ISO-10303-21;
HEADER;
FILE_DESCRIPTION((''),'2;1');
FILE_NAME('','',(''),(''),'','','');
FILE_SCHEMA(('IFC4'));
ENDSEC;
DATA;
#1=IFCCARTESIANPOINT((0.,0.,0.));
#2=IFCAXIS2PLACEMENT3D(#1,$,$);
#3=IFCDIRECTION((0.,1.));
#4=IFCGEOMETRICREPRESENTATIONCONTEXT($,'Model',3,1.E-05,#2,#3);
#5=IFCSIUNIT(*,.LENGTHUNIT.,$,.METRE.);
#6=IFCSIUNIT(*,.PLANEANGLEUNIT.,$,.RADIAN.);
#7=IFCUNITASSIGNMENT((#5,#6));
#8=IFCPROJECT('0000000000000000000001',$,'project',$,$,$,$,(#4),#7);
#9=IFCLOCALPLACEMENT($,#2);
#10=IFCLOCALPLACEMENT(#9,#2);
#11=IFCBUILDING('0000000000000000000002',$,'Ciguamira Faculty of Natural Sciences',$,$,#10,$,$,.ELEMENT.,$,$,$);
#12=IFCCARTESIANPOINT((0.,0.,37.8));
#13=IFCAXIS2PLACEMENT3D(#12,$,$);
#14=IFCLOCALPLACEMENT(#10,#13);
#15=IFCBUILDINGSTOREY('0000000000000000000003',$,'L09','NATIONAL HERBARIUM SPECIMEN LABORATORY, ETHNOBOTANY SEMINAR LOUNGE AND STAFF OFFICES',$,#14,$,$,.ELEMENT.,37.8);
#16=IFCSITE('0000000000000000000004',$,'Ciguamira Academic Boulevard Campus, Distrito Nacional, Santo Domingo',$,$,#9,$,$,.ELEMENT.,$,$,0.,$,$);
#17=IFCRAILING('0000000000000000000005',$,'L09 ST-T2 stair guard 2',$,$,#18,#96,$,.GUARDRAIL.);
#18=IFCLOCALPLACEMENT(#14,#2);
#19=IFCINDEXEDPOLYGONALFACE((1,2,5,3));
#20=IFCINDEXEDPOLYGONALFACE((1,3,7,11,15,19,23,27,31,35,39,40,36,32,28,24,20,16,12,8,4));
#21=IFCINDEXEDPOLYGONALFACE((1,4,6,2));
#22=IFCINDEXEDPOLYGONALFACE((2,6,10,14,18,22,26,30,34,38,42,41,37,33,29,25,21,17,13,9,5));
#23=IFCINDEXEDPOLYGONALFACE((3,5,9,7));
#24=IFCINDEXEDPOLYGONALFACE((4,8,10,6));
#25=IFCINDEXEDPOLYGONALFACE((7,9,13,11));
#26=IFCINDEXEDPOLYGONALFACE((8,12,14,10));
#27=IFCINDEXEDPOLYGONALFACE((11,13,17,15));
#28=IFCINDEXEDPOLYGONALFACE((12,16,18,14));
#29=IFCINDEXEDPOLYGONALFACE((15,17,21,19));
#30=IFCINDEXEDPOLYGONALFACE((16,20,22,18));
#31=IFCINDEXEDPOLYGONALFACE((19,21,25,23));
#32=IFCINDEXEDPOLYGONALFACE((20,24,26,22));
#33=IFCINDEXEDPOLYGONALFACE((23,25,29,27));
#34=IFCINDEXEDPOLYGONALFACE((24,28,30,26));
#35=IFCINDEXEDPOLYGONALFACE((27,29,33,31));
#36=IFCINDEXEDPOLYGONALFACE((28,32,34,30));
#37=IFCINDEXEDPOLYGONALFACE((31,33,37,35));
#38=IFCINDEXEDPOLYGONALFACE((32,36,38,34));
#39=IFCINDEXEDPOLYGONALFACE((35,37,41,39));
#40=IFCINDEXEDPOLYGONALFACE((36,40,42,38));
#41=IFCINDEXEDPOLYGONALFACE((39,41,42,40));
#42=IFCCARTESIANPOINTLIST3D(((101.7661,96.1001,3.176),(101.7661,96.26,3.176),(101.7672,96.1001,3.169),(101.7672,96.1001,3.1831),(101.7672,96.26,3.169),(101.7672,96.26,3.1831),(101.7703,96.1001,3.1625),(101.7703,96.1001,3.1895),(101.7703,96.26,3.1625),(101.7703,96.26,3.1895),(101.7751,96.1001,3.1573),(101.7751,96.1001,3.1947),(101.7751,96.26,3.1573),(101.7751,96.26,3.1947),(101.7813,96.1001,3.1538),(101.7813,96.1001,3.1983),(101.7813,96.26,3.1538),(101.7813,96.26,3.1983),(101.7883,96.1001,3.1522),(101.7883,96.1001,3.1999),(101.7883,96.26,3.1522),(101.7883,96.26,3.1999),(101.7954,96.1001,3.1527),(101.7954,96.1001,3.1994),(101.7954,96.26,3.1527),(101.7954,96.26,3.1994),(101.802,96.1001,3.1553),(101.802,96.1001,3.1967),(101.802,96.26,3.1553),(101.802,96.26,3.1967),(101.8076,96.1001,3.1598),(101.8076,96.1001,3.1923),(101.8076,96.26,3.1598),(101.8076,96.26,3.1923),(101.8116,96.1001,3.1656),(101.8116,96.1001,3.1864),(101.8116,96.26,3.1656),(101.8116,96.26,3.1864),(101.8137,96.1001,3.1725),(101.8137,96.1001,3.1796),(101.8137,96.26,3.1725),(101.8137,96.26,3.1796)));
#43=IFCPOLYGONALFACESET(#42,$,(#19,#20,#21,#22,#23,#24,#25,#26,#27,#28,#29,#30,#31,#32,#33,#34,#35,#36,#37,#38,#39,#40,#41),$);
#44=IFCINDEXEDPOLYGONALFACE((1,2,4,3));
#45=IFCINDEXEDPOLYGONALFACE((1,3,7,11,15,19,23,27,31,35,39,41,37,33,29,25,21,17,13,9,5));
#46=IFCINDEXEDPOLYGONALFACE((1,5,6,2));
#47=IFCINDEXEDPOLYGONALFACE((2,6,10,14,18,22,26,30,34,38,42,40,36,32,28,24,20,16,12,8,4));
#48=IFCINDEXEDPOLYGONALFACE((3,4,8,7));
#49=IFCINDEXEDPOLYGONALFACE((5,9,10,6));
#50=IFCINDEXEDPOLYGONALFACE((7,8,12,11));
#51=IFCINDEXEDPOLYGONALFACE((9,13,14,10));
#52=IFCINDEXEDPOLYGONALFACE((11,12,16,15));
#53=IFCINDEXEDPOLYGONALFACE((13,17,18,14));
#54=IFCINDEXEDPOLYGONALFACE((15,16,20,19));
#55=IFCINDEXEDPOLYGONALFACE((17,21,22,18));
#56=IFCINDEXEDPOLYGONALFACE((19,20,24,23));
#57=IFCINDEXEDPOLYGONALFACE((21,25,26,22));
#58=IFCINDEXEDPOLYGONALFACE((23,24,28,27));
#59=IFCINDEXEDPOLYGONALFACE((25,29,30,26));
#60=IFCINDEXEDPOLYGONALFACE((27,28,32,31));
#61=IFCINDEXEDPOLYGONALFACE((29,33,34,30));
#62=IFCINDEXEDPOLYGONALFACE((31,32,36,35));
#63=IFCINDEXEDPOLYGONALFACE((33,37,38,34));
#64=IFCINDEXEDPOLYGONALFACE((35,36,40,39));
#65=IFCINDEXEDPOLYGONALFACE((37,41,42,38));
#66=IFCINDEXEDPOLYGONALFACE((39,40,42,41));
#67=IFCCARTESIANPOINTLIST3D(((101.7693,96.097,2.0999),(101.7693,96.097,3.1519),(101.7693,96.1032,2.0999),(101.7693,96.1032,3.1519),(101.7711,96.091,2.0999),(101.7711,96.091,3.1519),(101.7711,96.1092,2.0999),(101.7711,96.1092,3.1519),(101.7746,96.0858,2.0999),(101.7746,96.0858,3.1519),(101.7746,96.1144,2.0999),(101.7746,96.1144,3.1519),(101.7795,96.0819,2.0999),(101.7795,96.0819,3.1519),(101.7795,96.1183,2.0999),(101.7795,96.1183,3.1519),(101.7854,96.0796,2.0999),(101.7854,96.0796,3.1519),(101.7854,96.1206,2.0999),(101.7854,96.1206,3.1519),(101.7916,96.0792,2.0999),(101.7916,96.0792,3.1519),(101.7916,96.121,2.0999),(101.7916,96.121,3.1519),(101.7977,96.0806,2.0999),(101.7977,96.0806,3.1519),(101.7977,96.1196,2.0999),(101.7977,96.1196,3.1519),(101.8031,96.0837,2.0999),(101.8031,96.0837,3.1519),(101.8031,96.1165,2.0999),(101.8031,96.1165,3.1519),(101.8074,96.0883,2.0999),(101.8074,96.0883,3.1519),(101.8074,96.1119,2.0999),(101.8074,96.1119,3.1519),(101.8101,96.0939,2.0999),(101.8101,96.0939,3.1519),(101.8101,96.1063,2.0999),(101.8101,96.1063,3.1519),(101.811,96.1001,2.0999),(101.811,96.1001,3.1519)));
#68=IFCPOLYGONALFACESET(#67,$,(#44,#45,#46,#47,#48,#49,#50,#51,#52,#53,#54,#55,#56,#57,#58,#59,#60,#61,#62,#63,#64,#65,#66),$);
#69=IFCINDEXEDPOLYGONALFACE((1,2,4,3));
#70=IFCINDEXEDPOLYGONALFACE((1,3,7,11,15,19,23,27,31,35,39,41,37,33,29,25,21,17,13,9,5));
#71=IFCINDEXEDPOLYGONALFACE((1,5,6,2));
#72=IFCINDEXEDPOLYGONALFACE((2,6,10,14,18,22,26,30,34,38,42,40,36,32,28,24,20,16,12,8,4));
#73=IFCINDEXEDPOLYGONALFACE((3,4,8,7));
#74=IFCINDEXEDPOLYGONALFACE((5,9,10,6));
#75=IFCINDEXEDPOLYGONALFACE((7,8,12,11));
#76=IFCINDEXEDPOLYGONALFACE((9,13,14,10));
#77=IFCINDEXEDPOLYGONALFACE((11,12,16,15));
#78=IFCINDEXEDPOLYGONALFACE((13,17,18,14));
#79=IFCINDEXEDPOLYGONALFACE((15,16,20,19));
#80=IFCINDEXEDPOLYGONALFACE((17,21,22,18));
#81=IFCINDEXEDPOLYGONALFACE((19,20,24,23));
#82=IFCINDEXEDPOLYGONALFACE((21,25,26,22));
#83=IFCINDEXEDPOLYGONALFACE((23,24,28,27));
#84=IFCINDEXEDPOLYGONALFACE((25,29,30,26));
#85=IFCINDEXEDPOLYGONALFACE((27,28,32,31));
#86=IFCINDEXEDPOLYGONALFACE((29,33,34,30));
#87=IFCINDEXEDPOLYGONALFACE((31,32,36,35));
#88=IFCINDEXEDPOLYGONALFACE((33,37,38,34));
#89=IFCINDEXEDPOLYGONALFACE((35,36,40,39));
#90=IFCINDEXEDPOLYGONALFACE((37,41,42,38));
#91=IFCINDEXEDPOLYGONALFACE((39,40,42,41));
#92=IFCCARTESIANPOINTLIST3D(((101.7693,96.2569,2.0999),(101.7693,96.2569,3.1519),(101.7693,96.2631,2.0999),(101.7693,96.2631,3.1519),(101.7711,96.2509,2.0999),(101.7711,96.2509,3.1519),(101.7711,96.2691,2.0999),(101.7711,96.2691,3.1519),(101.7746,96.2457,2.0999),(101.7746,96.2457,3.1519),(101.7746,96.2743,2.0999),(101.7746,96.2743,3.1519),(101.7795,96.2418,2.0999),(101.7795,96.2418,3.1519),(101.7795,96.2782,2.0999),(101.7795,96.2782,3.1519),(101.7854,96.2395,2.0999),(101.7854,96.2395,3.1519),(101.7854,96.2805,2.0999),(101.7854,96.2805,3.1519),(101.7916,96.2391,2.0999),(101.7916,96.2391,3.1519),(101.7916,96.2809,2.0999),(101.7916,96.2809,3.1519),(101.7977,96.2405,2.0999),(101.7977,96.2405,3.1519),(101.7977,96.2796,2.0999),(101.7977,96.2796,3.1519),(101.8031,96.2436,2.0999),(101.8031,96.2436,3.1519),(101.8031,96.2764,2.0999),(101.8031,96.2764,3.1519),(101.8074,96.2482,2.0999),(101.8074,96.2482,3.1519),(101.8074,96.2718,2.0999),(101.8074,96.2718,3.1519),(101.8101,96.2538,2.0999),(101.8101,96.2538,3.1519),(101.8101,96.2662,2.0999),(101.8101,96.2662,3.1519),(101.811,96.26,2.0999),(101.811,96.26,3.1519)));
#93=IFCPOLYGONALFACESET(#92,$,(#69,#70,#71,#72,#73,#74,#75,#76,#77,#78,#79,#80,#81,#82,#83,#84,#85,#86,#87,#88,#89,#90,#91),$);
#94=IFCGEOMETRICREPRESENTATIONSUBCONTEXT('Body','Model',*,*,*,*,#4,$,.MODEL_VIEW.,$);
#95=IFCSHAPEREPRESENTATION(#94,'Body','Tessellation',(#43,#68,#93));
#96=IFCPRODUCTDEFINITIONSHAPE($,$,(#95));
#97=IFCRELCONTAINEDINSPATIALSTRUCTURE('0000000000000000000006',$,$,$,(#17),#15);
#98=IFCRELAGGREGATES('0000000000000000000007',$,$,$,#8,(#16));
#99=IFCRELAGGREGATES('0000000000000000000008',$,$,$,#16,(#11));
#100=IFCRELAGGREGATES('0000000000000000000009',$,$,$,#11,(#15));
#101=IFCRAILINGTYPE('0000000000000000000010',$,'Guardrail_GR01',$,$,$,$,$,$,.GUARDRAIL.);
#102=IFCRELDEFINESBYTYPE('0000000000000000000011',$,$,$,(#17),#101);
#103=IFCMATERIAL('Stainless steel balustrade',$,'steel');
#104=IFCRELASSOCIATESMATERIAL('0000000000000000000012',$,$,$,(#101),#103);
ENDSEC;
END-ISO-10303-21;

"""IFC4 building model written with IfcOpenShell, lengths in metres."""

from ifc_helpers import new_model, si_unit, direction, frame, origin, origin_2d, place, context, subcontext, project, spatial, circle, extrude, material, type_object, element, save


model = new_model("IFC4")

# Units and contexts
model_context = context("Model", 3, precision=1e-05, world=origin(), true_north=direction((0.0, 1.0)))
body_context = subcontext(model_context, "Body", "Model", "MODEL_VIEW")
ifc_project = project(units=[si_unit("LENGTHUNIT", "METRE"), si_unit("PLANEANGLEUNIT", "RADIAN")], contexts=[model_context])

# Site, building, storey
site_placement = place(None, origin())
site = spatial("IfcSite", under=ifc_project, at=site_placement, Name="Ciguamira Academic Boulevard Campus, Distrito Nacional, Santo Domingo", CompositionType="ELEMENT", RefElevation=0.0)
building_placement = place(site_placement, origin())
building = spatial("IfcBuilding", under=site, at=building_placement, Name="Ciguamira Faculty of Natural Sciences", CompositionType="ELEMENT")
storey_placement = place(building_placement, frame((0.0, 0.0, 37.8)))
storey = spatial("IfcBuildingStorey", under=building, at=storey_placement, Name="L09", Description="NATIONAL HERBARIUM SPECIMEN LABORATORY, ETHNOBOTANY SEMINAR LOUNGE AND STAFF OFFICES", CompositionType="ELEMENT", Elevation=37.8)

# Railing
ifc_material_1 = material(Name="Stainless steel balustrade", Category="steel")
railing_type = type_object("IfcRailingType", Name="Guardrail_GR01", PredefinedType="GUARDRAIL", material=ifc_material_1)
railing_1_placement = place(storey_placement, frame((101.79, 96.1001, 2.0999)))
element("IfcRailing", 1, at=railing_1_placement, inside=storey, type_object=railing_type, Name="L09 ST-T2 stair guard 2", PredefinedType="GUARDRAIL", context=body_context, shape_type="SweptSolid", body=[
    extrude(circle(Radius=0.0239, at=origin_2d()), frame((0.0, 0.0, 1.0762), z_axis=(0.0, 1.0, 0.0), x_axis=(-1.0, 0.0, 0.0)), (0.0, 0.0, 1.0), 0.1599),
    extrude(circle(Radius=0.021, at=origin_2d()), origin(), (0.0, 0.0, 1.0), 1.052),
    extrude(circle(Radius=0.021, at=origin_2d()), frame((0.0, 0.1599, 0.0)), (0.0, 0.0, 1.0), 1.052),
])

save(model, "model.ifc")
